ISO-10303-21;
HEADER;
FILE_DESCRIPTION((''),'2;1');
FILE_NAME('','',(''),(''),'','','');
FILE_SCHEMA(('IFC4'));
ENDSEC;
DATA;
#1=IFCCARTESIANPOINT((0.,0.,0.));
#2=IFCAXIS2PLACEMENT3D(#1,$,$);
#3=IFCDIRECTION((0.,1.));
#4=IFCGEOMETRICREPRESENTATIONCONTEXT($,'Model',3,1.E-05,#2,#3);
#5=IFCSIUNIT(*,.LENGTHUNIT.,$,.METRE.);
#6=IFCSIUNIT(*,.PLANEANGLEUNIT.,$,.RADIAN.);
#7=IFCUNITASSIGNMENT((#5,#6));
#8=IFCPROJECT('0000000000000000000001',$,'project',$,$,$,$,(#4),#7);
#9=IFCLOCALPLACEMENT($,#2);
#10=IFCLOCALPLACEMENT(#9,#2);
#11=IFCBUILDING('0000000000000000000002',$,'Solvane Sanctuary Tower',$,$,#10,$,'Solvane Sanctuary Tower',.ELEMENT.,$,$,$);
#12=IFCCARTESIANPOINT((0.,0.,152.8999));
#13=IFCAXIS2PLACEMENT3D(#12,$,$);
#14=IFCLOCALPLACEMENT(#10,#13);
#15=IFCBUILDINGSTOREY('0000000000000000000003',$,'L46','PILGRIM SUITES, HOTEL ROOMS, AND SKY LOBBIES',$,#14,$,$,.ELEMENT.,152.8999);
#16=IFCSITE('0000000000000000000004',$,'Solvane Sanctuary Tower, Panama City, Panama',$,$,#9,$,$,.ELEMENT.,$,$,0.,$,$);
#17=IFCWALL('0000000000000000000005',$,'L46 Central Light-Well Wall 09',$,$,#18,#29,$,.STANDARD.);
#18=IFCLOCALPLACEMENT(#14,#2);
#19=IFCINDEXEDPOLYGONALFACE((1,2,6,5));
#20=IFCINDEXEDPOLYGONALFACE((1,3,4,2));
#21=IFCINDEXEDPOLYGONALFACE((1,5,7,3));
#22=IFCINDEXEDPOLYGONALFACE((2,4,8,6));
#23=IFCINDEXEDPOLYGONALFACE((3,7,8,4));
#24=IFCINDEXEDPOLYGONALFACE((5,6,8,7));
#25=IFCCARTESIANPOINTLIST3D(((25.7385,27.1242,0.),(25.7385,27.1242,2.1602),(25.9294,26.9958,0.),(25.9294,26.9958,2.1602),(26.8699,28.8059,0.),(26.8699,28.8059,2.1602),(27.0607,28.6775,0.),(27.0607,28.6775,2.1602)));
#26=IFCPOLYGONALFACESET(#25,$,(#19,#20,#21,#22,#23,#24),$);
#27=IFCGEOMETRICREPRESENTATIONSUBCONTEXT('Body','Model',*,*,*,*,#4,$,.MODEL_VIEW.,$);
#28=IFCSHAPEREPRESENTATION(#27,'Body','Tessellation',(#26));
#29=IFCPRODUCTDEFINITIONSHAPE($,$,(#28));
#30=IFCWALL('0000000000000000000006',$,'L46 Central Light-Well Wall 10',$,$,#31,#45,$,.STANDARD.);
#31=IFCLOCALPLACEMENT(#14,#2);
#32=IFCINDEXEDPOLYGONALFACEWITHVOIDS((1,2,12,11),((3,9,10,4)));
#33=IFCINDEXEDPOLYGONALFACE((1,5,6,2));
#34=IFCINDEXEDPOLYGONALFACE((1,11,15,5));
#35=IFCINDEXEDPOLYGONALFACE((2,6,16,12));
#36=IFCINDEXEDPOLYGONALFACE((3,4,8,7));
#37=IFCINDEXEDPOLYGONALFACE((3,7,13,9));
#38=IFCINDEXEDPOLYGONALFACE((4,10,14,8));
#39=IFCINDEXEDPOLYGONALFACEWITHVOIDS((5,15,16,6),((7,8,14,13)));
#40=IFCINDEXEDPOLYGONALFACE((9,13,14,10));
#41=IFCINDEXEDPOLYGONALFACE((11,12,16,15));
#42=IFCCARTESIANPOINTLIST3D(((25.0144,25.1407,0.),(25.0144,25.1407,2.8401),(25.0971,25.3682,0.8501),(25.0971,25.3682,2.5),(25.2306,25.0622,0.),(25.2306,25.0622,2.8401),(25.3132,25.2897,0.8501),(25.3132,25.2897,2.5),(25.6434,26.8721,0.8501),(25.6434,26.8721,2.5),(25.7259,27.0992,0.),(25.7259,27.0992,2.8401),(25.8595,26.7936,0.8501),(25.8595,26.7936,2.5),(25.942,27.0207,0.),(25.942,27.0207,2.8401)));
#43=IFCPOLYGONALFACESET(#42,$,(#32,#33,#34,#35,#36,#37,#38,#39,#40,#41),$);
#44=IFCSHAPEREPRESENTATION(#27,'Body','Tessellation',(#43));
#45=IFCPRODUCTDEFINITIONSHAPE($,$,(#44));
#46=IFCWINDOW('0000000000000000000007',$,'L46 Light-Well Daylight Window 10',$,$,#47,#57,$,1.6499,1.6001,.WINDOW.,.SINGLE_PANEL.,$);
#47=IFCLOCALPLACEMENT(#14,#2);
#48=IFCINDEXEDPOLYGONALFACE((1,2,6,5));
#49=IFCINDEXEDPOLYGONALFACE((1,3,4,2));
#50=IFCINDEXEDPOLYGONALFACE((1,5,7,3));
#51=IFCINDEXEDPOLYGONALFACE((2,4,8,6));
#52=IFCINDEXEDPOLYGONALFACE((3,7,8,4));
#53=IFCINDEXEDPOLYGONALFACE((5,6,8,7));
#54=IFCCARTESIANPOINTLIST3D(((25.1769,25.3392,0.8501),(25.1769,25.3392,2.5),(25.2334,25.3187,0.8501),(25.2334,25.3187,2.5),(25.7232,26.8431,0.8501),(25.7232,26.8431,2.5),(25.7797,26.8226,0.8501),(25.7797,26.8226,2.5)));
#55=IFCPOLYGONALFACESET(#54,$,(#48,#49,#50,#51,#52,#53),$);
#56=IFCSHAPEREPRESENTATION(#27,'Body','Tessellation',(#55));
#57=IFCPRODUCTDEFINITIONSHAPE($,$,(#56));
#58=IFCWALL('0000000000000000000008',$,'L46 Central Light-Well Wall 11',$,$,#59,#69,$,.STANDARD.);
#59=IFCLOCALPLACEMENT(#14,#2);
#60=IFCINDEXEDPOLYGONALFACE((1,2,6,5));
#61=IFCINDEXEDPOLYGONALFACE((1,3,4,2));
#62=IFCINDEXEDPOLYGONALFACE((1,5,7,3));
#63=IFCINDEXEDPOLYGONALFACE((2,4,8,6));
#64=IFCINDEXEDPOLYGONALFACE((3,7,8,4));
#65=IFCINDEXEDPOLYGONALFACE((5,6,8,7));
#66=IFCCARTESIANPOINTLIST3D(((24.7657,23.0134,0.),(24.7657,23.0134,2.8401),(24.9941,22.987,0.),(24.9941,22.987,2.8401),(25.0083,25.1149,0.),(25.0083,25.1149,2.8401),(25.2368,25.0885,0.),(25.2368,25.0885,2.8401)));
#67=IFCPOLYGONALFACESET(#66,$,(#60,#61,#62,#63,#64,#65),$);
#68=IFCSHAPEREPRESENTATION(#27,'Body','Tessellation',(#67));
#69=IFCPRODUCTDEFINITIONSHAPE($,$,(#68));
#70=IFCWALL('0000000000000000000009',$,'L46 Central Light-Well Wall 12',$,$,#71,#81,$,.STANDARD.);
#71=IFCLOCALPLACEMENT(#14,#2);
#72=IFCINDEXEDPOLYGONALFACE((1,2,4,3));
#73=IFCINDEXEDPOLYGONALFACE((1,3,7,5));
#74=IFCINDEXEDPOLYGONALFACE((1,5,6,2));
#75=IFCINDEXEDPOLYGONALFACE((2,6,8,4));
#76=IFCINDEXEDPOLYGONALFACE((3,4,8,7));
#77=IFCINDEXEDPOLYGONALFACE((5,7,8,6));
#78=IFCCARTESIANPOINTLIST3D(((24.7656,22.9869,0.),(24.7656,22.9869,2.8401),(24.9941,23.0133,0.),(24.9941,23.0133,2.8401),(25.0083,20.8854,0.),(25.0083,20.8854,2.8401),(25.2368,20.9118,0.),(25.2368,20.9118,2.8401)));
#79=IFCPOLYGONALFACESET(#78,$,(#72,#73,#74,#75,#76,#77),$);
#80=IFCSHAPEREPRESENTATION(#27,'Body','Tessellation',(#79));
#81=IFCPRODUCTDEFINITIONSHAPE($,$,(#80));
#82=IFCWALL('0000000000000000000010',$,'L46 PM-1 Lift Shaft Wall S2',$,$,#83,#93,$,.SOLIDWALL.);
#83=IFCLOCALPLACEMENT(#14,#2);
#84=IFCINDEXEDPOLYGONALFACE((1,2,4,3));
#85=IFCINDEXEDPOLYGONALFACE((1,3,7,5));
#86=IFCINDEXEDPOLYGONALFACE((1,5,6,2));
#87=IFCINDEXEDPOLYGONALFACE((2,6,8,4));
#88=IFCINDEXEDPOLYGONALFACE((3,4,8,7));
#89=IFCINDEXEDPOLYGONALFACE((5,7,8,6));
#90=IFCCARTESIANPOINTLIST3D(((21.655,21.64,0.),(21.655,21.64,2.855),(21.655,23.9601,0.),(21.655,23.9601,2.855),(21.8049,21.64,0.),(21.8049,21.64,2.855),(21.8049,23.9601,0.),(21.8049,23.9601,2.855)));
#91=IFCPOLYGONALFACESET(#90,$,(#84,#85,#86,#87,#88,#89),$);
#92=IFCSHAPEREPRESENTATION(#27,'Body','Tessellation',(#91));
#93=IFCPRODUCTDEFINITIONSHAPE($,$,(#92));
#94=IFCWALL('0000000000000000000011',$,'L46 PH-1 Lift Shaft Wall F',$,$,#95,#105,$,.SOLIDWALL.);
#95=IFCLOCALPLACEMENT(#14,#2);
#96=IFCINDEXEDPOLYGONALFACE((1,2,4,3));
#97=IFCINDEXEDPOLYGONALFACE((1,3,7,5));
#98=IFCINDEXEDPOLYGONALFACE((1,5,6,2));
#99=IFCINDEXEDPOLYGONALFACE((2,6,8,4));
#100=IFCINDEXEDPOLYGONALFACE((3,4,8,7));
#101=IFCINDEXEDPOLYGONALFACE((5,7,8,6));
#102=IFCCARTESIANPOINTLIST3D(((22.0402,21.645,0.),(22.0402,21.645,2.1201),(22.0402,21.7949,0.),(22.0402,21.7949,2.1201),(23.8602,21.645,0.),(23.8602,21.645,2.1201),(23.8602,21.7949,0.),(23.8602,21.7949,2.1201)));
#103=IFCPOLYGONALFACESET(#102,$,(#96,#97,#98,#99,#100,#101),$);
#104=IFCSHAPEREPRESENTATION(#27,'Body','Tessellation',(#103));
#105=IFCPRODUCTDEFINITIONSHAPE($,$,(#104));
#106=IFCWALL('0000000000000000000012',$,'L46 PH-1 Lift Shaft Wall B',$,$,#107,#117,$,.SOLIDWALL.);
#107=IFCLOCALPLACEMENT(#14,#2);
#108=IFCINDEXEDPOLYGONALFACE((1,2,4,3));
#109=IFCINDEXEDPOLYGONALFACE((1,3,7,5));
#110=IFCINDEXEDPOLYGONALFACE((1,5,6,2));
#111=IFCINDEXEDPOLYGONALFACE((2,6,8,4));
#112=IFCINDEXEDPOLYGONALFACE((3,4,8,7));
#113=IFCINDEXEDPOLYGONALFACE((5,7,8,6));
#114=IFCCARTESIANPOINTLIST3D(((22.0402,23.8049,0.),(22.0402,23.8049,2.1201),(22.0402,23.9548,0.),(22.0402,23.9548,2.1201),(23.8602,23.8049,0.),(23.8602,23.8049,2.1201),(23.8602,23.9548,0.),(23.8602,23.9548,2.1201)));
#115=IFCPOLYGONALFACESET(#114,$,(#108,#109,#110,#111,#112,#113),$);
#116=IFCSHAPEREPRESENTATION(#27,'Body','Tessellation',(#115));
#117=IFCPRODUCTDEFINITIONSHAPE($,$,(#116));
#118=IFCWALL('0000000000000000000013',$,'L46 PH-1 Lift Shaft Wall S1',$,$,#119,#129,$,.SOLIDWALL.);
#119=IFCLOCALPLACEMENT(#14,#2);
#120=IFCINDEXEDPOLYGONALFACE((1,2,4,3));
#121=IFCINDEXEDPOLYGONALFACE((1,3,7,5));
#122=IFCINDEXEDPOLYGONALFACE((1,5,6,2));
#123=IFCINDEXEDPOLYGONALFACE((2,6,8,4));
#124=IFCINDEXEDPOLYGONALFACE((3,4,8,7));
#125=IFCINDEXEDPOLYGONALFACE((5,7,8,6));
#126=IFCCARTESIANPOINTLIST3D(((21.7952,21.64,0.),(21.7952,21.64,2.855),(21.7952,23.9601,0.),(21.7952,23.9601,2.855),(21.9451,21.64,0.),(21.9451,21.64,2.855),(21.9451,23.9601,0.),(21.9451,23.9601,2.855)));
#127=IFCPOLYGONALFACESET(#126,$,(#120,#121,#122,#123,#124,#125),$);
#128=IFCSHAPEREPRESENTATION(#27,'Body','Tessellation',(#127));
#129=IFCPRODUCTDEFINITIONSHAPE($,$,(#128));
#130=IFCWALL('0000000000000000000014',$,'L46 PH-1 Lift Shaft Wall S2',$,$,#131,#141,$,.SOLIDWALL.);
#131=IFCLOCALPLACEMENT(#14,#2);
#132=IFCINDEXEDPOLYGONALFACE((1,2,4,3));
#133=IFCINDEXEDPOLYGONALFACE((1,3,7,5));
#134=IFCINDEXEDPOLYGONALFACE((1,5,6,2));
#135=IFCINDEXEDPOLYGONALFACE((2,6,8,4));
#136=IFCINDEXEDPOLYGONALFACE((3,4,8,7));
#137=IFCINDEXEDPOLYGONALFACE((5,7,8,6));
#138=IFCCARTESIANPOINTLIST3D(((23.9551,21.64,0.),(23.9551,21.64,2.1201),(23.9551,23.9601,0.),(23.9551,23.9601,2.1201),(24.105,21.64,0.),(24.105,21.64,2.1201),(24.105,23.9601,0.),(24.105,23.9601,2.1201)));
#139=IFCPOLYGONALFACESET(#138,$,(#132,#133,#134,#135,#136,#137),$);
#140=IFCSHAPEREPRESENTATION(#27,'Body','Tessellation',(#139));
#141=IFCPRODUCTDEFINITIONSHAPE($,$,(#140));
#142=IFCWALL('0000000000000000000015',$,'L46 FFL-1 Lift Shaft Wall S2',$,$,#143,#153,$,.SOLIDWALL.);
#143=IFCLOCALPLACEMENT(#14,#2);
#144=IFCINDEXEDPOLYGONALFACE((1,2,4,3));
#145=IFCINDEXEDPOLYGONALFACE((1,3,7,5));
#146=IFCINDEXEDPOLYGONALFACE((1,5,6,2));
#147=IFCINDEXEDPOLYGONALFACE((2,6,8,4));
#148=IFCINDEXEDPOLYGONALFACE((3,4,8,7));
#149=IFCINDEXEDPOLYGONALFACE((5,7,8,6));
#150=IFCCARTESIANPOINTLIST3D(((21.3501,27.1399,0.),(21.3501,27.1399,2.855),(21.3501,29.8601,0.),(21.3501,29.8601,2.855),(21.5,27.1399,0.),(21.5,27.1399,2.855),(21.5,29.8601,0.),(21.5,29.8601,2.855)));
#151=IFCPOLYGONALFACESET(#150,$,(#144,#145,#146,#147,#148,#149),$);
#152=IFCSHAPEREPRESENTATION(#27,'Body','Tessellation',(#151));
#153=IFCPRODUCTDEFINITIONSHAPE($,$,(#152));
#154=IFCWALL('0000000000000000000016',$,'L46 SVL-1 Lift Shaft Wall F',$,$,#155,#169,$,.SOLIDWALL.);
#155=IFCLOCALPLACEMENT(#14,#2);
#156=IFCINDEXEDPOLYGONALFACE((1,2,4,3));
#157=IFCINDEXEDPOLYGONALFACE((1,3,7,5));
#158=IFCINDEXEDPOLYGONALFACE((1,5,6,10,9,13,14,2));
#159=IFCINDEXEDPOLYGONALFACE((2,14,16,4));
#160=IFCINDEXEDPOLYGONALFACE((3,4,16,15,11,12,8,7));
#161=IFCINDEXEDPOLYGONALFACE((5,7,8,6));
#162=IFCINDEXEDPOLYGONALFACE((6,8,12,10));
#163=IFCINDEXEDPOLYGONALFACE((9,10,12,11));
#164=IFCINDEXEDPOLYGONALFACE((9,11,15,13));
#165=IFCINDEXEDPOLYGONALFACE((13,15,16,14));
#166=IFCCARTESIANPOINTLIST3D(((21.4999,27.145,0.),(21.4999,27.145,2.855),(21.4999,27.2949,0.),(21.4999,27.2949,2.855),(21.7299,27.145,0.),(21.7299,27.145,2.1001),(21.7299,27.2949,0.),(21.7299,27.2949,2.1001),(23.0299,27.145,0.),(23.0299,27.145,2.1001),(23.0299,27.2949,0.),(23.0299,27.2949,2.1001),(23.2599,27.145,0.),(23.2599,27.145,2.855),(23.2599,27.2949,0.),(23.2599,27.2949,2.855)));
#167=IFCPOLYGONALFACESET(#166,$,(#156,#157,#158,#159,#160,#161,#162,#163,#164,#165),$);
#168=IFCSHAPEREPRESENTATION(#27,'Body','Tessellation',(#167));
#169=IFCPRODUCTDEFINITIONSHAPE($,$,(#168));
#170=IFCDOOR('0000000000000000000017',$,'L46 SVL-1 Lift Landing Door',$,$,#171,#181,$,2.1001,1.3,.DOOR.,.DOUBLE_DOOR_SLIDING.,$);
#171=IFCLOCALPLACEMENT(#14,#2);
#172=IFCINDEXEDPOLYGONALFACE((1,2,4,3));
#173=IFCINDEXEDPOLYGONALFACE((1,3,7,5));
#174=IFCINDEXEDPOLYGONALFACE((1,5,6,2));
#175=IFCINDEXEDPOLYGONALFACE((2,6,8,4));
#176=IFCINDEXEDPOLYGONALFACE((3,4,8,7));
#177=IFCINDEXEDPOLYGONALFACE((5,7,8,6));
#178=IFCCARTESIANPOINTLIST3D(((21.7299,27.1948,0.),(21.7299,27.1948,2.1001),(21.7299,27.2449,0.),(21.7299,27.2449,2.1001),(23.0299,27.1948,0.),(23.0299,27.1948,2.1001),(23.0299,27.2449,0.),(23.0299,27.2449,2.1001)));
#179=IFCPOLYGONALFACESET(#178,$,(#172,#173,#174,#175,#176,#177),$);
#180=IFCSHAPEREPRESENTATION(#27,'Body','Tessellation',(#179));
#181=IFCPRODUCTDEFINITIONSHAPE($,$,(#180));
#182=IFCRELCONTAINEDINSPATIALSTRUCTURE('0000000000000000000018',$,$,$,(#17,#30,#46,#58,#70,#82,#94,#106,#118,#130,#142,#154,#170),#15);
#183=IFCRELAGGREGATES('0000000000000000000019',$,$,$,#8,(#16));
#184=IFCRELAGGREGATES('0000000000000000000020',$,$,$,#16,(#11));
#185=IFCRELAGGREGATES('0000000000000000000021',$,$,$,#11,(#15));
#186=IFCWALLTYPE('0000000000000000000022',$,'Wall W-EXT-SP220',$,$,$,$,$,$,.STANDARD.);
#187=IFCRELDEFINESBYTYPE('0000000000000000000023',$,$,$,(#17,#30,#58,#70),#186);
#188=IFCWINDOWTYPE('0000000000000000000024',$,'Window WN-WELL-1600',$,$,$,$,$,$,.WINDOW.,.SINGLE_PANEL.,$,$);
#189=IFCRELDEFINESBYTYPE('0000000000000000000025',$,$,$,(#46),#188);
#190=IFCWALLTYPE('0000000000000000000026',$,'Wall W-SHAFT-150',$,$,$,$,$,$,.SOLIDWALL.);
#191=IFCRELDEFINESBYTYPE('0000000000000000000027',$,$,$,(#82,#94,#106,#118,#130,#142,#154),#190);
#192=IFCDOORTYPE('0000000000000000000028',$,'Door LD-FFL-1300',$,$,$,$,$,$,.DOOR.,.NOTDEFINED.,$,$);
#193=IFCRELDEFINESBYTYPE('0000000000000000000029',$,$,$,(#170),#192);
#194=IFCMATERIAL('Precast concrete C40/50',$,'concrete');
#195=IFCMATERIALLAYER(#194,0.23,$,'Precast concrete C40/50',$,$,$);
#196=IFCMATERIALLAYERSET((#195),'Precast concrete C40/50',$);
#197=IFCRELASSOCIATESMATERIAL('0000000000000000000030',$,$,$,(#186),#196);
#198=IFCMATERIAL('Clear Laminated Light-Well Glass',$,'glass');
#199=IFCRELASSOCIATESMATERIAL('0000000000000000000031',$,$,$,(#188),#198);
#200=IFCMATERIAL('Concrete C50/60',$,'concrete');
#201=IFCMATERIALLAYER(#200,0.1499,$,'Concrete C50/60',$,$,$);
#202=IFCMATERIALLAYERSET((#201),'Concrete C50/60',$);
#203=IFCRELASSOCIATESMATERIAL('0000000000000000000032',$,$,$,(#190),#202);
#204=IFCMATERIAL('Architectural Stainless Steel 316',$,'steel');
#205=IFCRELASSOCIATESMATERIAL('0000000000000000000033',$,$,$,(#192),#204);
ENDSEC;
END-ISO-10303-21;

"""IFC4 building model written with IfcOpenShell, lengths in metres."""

from ifc_helpers import new_model, si_unit, direction, frame, frame_2d, origin, place, context, subcontext, project, spatial, rectangle, extrude, material, layer, layer_set, type_object, element, fill, save


model = new_model("IFC4")

# Units and contexts
model_context = context("Model", 3, precision=1e-05, world=origin(), true_north=direction((0.0, 1.0)))
body_context = subcontext(model_context, "Body", "Model", "MODEL_VIEW")
ifc_project = project(units=[si_unit("LENGTHUNIT", "METRE"), si_unit("PLANEANGLEUNIT", "RADIAN")], contexts=[model_context])

# Site, building, storey
site_placement = place(None, origin())
site = spatial("IfcSite", under=ifc_project, at=site_placement, Name="Solvane Sanctuary Tower, Panama City, Panama", CompositionType="ELEMENT", RefElevation=0.0)
building_placement = place(site_placement, origin())
building = spatial("IfcBuilding", under=site, at=building_placement, Name="Solvane Sanctuary Tower", LongName="Solvane Sanctuary Tower", CompositionType="ELEMENT")
storey_placement = place(building_placement, frame((0.0, 0.0, 152.8999)))
storey = spatial("IfcBuildingStorey", under=building, at=storey_placement, Name="L46", Description="PILGRIM SUITES, HOTEL ROOMS, AND SKY LOBBIES", CompositionType="ELEMENT", Elevation=152.8999)

# Shared definitions
ifc_material_1 = material(Name="Concrete C50/60", Category="concrete")

# Shared definitions
ifc_material_2 = material(Name="Architectural Stainless Steel 316", Category="steel")

# Wall
ifc_material_3 = material(Name="Precast concrete C40/50", Category="concrete")
ifc_layer_1 = layer(ifc_material_3, 0.23, Name="Precast concrete C40/50")
ifc_layer_set_1 = layer_set([ifc_layer_1], Name="Precast concrete C40/50")
wall_type_1 = type_object("IfcWallType", Name="Wall W-EXT-SP220", PredefinedType="STANDARD", material=ifc_layer_set_1)
wall_1_placement = place(storey_placement, frame((26.9653, 28.7417, 0.0), z_axis=(0.0, 0.0, 1.0), x_axis=(-0.558198, -0.829708, 0.0)))
element("IfcWall", 1, at=wall_1_placement, inside=storey, type_object=wall_type_1, Name="L46 Central Light-Well Wall 09", PredefinedType="STANDARD", context=body_context, shape_type="SweptSolid", body=[
    extrude(rectangle(XDim=2.0269, YDim=0.23, at=frame_2d((1.0134, 0.0))), origin(), (0.0, 0.0, 1.0), 2.1602),
])

# Wall, opening, window
wall_2_placement = place(storey_placement, frame((25.834, 27.0601, 0.0), z_axis=(0.0, 0.0, 1.0), x_axis=(-0.341423, -0.93991, 0.0)))
wall_2 = element("IfcWall", 2, at=wall_2_placement, inside=storey, type_object=wall_type_1, Name="L46 Central Light-Well Wall 10", PredefinedType="STANDARD", context=body_context, shape_type="SweptSolid", body=[
    extrude(rectangle(XDim=2.0837, YDim=0.23, at=frame_2d((1.042, 0.0))), origin(), (0.0, 0.0, 1.0), 2.8401),
])
opening_1_placement = place(wall_2_placement, frame((0.2417, 0.0, 0.8501)))
opening_1 = element("IfcOpeningElement", 3, at=opening_1_placement, cuts=wall_2, PredefinedType="OPENING", context=body_context, shape_type="SweptSolid", body=[
    extrude(rectangle(XDim=1.6001, YDim=1.6499, at=frame_2d((0.8, 0.825))), frame((0.0, 0.125, 0.0), z_axis=(0.0, -1.0, 0.0), x_axis=(1.0, 0.0, 0.0)), (0.0, 0.0, 1.0), 0.25),
])
ifc_material_4 = material(Name="Clear Laminated Light-Well Glass", Category="glass")
window_type = type_object("IfcWindowType", Name="Window WN-WELL-1600", PartitioningType="SINGLE_PANEL", PredefinedType="WINDOW", material=ifc_material_4)
window_placement = place(opening_1_placement, origin())
window = element("IfcWindow", 4, at=window_placement, inside=storey, type_object=window_type, Name="L46 Light-Well Daylight Window 10", OverallHeight=1.6499, OverallWidth=1.6001, PartitioningType="SINGLE_PANEL", PredefinedType="WINDOW", context=body_context, shape_type="SweptSolid", body=[
    extrude(rectangle(XDim=1.6001, YDim=1.6499, at=frame_2d((0.8, 0.825))), frame((0.0, 0.03, 0.0), z_axis=(0.0, -1.0, 0.0), x_axis=(1.0, 0.0, 0.0)), (0.0, 0.0, 1.0), 0.0601),
])
fill(opening_1, window)

# Walls
for number, where, z_axis, x_axis, name in (
    (5, (25.1226, 25.1016, 0.0), (0.0, 0.0, 1.0), (-0.114712, -0.993399, 0.0), "L46 Central Light-Well Wall 11"),
    (6, (24.8799, 23.0, 0.0), (0.0, 0.0, 1.0), (0.114712, -0.993399, 0.0), "L46 Central Light-Well Wall 12"),
):
    element("IfcWall", number, at=place(storey_placement, frame(where, z_axis=z_axis, x_axis=x_axis)), inside=storey, type_object=wall_type_1, Name=name, PredefinedType="STANDARD", context=body_context, shape_type="SweptSolid", body=[
        extrude(rectangle(XDim=2.1155, YDim=0.23, at=frame_2d((1.0576, 0.0))), origin(), (0.0, 0.0, 1.0), 2.8401),
    ])
ifc_layer_2 = layer(ifc_material_1, 0.1499, Name="Concrete C50/60")
ifc_layer_set_2 = layer_set([ifc_layer_2], Name="Concrete C50/60")
wall_type_2 = type_object("IfcWallType", Name="Wall W-SHAFT-150", PredefinedType="SOLIDWALL", material=ifc_layer_set_2)
wall_3_placement = place(storey_placement, frame((21.73, 21.6399, 0.0), z_axis=(0.0, 0.0, 1.0), x_axis=(0.0, 1.0, 0.0)))
element("IfcWall", 7, at=wall_3_placement, inside=storey, type_object=wall_type_2, Name="L46 PM-1 Lift Shaft Wall S2", PredefinedType="SOLIDWALL", context=body_context, shape_type="SweptSolid", body=[
    extrude(rectangle(XDim=2.3201, YDim=0.1499, at=frame_2d((1.1602, 0.0))), origin(), (0.0, 0.0, 1.0), 2.855),
])
for number, where, z_axis, x_axis, name in (
    (8, (22.04, 21.72, 0.0), (0.0, 0.0, 1.0), (1.0, 0.0, 0.0), "L46 PH-1 Lift Shaft Wall F"),
    (9, (22.04, 23.8799, 0.0), (0.0, 0.0, 1.0), (1.0, 0.0, 0.0), "L46 PH-1 Lift Shaft Wall B"),
):
    element("IfcWall", number, at=place(storey_placement, frame(where, z_axis=z_axis, x_axis=x_axis)), inside=storey, type_object=wall_type_2, Name=name, PredefinedType="SOLIDWALL", context=body_context, shape_type="SweptSolid", body=[
        extrude(rectangle(XDim=1.8201, YDim=0.1499, at=frame_2d((0.9102, 0.0))), origin(), (0.0, 0.0, 1.0), 2.1201),
    ])
wall_4_placement = place(storey_placement, frame((21.8701, 21.6399, 0.0), z_axis=(0.0, 0.0, 1.0), x_axis=(0.0, 1.0, 0.0)))
element("IfcWall", 10, at=wall_4_placement, inside=storey, type_object=wall_type_2, Name="L46 PH-1 Lift Shaft Wall S1", PredefinedType="SOLIDWALL", context=body_context, shape_type="SweptSolid", body=[
    extrude(rectangle(XDim=2.3201, YDim=0.1499, at=frame_2d((1.1602, 0.0))), origin(), (0.0, 0.0, 1.0), 2.855),
])
wall_5_placement = place(storey_placement, frame((24.03, 21.6399, 0.0), z_axis=(0.0, 0.0, 1.0), x_axis=(0.0, 1.0, 0.0)))
element("IfcWall", 11, at=wall_5_placement, inside=storey, type_object=wall_type_2, Name="L46 PH-1 Lift Shaft Wall S2", PredefinedType="SOLIDWALL", context=body_context, shape_type="SweptSolid", body=[
    extrude(rectangle(XDim=2.3201, YDim=0.1499, at=frame_2d((1.1602, 0.0))), origin(), (0.0, 0.0, 1.0), 2.1201),
])
wall_6_placement = place(storey_placement, frame((21.425, 27.1399, 0.0), z_axis=(0.0, 0.0, 1.0), x_axis=(0.0, 1.0, 0.0)))
element("IfcWall", 12, at=wall_6_placement, inside=storey, type_object=wall_type_2, Name="L46 FFL-1 Lift Shaft Wall S2", PredefinedType="SOLIDWALL", context=body_context, shape_type="SweptSolid", body=[
    extrude(rectangle(XDim=2.7202, YDim=0.1499, at=frame_2d((1.3601, 0.0))), origin(), (0.0, 0.0, 1.0), 2.855),
])

# Wall, opening, door
wall_7_placement = place(storey_placement, frame((21.5, 27.22, 0.0), z_axis=(0.0, 0.0, 1.0), x_axis=(1.0, 0.0, 0.0)))
wall_7 = element("IfcWall", 13, at=wall_7_placement, inside=storey, type_object=wall_type_2, Name="L46 SVL-1 Lift Shaft Wall F", PredefinedType="SOLIDWALL", context=body_context, shape_type="SweptSolid", body=[
    extrude(rectangle(XDim=1.76, YDim=0.1499, at=frame_2d((0.8799, 0.0))), origin(), (0.0, 0.0, 1.0), 2.855),
])
opening_2_placement = place(wall_7_placement, frame((0.23, 0.0, 0.0)))
opening_2 = element("IfcOpeningElement", 14, at=opening_2_placement, cuts=wall_7, PredefinedType="OPENING", context=body_context, shape_type="SweptSolid", body=[
    extrude(rectangle(XDim=1.3, YDim=2.1001, at=frame_2d((0.6499, 1.05))), frame((0.0, 0.085, 0.0), z_axis=(0.0, -1.0, 0.0), x_axis=(1.0, 0.0, 0.0)), (0.0, 0.0, 1.0), 0.1699),
])
door_type_1 = type_object("IfcDoorType", Name="Door LD-FFL-1300", OperationType="NOTDEFINED", PredefinedType="DOOR", material=ifc_material_2)
door_1_placement = place(opening_2_placement, origin())
door_1 = element("IfcDoor", 15, at=door_1_placement, inside=storey, type_object=door_type_1, Name="L46 SVL-1 Lift Landing Door", OperationType="DOUBLE_DOOR_SLIDING", OverallHeight=2.1001, OverallWidth=1.3, PredefinedType="DOOR", context=body_context, shape_type="SweptSolid", body=[
    extrude(rectangle(XDim=1.3, YDim=2.1001, at=frame_2d((0.6499, 1.05))), frame((0.0, 0.0249, 0.0), z_axis=(0.0, -1.0, 0.0), x_axis=(1.0, 0.0, 0.0)), (0.0, 0.0, 1.0), 0.05),
])
fill(opening_2, door_1)

save(model, "model.ifc")
